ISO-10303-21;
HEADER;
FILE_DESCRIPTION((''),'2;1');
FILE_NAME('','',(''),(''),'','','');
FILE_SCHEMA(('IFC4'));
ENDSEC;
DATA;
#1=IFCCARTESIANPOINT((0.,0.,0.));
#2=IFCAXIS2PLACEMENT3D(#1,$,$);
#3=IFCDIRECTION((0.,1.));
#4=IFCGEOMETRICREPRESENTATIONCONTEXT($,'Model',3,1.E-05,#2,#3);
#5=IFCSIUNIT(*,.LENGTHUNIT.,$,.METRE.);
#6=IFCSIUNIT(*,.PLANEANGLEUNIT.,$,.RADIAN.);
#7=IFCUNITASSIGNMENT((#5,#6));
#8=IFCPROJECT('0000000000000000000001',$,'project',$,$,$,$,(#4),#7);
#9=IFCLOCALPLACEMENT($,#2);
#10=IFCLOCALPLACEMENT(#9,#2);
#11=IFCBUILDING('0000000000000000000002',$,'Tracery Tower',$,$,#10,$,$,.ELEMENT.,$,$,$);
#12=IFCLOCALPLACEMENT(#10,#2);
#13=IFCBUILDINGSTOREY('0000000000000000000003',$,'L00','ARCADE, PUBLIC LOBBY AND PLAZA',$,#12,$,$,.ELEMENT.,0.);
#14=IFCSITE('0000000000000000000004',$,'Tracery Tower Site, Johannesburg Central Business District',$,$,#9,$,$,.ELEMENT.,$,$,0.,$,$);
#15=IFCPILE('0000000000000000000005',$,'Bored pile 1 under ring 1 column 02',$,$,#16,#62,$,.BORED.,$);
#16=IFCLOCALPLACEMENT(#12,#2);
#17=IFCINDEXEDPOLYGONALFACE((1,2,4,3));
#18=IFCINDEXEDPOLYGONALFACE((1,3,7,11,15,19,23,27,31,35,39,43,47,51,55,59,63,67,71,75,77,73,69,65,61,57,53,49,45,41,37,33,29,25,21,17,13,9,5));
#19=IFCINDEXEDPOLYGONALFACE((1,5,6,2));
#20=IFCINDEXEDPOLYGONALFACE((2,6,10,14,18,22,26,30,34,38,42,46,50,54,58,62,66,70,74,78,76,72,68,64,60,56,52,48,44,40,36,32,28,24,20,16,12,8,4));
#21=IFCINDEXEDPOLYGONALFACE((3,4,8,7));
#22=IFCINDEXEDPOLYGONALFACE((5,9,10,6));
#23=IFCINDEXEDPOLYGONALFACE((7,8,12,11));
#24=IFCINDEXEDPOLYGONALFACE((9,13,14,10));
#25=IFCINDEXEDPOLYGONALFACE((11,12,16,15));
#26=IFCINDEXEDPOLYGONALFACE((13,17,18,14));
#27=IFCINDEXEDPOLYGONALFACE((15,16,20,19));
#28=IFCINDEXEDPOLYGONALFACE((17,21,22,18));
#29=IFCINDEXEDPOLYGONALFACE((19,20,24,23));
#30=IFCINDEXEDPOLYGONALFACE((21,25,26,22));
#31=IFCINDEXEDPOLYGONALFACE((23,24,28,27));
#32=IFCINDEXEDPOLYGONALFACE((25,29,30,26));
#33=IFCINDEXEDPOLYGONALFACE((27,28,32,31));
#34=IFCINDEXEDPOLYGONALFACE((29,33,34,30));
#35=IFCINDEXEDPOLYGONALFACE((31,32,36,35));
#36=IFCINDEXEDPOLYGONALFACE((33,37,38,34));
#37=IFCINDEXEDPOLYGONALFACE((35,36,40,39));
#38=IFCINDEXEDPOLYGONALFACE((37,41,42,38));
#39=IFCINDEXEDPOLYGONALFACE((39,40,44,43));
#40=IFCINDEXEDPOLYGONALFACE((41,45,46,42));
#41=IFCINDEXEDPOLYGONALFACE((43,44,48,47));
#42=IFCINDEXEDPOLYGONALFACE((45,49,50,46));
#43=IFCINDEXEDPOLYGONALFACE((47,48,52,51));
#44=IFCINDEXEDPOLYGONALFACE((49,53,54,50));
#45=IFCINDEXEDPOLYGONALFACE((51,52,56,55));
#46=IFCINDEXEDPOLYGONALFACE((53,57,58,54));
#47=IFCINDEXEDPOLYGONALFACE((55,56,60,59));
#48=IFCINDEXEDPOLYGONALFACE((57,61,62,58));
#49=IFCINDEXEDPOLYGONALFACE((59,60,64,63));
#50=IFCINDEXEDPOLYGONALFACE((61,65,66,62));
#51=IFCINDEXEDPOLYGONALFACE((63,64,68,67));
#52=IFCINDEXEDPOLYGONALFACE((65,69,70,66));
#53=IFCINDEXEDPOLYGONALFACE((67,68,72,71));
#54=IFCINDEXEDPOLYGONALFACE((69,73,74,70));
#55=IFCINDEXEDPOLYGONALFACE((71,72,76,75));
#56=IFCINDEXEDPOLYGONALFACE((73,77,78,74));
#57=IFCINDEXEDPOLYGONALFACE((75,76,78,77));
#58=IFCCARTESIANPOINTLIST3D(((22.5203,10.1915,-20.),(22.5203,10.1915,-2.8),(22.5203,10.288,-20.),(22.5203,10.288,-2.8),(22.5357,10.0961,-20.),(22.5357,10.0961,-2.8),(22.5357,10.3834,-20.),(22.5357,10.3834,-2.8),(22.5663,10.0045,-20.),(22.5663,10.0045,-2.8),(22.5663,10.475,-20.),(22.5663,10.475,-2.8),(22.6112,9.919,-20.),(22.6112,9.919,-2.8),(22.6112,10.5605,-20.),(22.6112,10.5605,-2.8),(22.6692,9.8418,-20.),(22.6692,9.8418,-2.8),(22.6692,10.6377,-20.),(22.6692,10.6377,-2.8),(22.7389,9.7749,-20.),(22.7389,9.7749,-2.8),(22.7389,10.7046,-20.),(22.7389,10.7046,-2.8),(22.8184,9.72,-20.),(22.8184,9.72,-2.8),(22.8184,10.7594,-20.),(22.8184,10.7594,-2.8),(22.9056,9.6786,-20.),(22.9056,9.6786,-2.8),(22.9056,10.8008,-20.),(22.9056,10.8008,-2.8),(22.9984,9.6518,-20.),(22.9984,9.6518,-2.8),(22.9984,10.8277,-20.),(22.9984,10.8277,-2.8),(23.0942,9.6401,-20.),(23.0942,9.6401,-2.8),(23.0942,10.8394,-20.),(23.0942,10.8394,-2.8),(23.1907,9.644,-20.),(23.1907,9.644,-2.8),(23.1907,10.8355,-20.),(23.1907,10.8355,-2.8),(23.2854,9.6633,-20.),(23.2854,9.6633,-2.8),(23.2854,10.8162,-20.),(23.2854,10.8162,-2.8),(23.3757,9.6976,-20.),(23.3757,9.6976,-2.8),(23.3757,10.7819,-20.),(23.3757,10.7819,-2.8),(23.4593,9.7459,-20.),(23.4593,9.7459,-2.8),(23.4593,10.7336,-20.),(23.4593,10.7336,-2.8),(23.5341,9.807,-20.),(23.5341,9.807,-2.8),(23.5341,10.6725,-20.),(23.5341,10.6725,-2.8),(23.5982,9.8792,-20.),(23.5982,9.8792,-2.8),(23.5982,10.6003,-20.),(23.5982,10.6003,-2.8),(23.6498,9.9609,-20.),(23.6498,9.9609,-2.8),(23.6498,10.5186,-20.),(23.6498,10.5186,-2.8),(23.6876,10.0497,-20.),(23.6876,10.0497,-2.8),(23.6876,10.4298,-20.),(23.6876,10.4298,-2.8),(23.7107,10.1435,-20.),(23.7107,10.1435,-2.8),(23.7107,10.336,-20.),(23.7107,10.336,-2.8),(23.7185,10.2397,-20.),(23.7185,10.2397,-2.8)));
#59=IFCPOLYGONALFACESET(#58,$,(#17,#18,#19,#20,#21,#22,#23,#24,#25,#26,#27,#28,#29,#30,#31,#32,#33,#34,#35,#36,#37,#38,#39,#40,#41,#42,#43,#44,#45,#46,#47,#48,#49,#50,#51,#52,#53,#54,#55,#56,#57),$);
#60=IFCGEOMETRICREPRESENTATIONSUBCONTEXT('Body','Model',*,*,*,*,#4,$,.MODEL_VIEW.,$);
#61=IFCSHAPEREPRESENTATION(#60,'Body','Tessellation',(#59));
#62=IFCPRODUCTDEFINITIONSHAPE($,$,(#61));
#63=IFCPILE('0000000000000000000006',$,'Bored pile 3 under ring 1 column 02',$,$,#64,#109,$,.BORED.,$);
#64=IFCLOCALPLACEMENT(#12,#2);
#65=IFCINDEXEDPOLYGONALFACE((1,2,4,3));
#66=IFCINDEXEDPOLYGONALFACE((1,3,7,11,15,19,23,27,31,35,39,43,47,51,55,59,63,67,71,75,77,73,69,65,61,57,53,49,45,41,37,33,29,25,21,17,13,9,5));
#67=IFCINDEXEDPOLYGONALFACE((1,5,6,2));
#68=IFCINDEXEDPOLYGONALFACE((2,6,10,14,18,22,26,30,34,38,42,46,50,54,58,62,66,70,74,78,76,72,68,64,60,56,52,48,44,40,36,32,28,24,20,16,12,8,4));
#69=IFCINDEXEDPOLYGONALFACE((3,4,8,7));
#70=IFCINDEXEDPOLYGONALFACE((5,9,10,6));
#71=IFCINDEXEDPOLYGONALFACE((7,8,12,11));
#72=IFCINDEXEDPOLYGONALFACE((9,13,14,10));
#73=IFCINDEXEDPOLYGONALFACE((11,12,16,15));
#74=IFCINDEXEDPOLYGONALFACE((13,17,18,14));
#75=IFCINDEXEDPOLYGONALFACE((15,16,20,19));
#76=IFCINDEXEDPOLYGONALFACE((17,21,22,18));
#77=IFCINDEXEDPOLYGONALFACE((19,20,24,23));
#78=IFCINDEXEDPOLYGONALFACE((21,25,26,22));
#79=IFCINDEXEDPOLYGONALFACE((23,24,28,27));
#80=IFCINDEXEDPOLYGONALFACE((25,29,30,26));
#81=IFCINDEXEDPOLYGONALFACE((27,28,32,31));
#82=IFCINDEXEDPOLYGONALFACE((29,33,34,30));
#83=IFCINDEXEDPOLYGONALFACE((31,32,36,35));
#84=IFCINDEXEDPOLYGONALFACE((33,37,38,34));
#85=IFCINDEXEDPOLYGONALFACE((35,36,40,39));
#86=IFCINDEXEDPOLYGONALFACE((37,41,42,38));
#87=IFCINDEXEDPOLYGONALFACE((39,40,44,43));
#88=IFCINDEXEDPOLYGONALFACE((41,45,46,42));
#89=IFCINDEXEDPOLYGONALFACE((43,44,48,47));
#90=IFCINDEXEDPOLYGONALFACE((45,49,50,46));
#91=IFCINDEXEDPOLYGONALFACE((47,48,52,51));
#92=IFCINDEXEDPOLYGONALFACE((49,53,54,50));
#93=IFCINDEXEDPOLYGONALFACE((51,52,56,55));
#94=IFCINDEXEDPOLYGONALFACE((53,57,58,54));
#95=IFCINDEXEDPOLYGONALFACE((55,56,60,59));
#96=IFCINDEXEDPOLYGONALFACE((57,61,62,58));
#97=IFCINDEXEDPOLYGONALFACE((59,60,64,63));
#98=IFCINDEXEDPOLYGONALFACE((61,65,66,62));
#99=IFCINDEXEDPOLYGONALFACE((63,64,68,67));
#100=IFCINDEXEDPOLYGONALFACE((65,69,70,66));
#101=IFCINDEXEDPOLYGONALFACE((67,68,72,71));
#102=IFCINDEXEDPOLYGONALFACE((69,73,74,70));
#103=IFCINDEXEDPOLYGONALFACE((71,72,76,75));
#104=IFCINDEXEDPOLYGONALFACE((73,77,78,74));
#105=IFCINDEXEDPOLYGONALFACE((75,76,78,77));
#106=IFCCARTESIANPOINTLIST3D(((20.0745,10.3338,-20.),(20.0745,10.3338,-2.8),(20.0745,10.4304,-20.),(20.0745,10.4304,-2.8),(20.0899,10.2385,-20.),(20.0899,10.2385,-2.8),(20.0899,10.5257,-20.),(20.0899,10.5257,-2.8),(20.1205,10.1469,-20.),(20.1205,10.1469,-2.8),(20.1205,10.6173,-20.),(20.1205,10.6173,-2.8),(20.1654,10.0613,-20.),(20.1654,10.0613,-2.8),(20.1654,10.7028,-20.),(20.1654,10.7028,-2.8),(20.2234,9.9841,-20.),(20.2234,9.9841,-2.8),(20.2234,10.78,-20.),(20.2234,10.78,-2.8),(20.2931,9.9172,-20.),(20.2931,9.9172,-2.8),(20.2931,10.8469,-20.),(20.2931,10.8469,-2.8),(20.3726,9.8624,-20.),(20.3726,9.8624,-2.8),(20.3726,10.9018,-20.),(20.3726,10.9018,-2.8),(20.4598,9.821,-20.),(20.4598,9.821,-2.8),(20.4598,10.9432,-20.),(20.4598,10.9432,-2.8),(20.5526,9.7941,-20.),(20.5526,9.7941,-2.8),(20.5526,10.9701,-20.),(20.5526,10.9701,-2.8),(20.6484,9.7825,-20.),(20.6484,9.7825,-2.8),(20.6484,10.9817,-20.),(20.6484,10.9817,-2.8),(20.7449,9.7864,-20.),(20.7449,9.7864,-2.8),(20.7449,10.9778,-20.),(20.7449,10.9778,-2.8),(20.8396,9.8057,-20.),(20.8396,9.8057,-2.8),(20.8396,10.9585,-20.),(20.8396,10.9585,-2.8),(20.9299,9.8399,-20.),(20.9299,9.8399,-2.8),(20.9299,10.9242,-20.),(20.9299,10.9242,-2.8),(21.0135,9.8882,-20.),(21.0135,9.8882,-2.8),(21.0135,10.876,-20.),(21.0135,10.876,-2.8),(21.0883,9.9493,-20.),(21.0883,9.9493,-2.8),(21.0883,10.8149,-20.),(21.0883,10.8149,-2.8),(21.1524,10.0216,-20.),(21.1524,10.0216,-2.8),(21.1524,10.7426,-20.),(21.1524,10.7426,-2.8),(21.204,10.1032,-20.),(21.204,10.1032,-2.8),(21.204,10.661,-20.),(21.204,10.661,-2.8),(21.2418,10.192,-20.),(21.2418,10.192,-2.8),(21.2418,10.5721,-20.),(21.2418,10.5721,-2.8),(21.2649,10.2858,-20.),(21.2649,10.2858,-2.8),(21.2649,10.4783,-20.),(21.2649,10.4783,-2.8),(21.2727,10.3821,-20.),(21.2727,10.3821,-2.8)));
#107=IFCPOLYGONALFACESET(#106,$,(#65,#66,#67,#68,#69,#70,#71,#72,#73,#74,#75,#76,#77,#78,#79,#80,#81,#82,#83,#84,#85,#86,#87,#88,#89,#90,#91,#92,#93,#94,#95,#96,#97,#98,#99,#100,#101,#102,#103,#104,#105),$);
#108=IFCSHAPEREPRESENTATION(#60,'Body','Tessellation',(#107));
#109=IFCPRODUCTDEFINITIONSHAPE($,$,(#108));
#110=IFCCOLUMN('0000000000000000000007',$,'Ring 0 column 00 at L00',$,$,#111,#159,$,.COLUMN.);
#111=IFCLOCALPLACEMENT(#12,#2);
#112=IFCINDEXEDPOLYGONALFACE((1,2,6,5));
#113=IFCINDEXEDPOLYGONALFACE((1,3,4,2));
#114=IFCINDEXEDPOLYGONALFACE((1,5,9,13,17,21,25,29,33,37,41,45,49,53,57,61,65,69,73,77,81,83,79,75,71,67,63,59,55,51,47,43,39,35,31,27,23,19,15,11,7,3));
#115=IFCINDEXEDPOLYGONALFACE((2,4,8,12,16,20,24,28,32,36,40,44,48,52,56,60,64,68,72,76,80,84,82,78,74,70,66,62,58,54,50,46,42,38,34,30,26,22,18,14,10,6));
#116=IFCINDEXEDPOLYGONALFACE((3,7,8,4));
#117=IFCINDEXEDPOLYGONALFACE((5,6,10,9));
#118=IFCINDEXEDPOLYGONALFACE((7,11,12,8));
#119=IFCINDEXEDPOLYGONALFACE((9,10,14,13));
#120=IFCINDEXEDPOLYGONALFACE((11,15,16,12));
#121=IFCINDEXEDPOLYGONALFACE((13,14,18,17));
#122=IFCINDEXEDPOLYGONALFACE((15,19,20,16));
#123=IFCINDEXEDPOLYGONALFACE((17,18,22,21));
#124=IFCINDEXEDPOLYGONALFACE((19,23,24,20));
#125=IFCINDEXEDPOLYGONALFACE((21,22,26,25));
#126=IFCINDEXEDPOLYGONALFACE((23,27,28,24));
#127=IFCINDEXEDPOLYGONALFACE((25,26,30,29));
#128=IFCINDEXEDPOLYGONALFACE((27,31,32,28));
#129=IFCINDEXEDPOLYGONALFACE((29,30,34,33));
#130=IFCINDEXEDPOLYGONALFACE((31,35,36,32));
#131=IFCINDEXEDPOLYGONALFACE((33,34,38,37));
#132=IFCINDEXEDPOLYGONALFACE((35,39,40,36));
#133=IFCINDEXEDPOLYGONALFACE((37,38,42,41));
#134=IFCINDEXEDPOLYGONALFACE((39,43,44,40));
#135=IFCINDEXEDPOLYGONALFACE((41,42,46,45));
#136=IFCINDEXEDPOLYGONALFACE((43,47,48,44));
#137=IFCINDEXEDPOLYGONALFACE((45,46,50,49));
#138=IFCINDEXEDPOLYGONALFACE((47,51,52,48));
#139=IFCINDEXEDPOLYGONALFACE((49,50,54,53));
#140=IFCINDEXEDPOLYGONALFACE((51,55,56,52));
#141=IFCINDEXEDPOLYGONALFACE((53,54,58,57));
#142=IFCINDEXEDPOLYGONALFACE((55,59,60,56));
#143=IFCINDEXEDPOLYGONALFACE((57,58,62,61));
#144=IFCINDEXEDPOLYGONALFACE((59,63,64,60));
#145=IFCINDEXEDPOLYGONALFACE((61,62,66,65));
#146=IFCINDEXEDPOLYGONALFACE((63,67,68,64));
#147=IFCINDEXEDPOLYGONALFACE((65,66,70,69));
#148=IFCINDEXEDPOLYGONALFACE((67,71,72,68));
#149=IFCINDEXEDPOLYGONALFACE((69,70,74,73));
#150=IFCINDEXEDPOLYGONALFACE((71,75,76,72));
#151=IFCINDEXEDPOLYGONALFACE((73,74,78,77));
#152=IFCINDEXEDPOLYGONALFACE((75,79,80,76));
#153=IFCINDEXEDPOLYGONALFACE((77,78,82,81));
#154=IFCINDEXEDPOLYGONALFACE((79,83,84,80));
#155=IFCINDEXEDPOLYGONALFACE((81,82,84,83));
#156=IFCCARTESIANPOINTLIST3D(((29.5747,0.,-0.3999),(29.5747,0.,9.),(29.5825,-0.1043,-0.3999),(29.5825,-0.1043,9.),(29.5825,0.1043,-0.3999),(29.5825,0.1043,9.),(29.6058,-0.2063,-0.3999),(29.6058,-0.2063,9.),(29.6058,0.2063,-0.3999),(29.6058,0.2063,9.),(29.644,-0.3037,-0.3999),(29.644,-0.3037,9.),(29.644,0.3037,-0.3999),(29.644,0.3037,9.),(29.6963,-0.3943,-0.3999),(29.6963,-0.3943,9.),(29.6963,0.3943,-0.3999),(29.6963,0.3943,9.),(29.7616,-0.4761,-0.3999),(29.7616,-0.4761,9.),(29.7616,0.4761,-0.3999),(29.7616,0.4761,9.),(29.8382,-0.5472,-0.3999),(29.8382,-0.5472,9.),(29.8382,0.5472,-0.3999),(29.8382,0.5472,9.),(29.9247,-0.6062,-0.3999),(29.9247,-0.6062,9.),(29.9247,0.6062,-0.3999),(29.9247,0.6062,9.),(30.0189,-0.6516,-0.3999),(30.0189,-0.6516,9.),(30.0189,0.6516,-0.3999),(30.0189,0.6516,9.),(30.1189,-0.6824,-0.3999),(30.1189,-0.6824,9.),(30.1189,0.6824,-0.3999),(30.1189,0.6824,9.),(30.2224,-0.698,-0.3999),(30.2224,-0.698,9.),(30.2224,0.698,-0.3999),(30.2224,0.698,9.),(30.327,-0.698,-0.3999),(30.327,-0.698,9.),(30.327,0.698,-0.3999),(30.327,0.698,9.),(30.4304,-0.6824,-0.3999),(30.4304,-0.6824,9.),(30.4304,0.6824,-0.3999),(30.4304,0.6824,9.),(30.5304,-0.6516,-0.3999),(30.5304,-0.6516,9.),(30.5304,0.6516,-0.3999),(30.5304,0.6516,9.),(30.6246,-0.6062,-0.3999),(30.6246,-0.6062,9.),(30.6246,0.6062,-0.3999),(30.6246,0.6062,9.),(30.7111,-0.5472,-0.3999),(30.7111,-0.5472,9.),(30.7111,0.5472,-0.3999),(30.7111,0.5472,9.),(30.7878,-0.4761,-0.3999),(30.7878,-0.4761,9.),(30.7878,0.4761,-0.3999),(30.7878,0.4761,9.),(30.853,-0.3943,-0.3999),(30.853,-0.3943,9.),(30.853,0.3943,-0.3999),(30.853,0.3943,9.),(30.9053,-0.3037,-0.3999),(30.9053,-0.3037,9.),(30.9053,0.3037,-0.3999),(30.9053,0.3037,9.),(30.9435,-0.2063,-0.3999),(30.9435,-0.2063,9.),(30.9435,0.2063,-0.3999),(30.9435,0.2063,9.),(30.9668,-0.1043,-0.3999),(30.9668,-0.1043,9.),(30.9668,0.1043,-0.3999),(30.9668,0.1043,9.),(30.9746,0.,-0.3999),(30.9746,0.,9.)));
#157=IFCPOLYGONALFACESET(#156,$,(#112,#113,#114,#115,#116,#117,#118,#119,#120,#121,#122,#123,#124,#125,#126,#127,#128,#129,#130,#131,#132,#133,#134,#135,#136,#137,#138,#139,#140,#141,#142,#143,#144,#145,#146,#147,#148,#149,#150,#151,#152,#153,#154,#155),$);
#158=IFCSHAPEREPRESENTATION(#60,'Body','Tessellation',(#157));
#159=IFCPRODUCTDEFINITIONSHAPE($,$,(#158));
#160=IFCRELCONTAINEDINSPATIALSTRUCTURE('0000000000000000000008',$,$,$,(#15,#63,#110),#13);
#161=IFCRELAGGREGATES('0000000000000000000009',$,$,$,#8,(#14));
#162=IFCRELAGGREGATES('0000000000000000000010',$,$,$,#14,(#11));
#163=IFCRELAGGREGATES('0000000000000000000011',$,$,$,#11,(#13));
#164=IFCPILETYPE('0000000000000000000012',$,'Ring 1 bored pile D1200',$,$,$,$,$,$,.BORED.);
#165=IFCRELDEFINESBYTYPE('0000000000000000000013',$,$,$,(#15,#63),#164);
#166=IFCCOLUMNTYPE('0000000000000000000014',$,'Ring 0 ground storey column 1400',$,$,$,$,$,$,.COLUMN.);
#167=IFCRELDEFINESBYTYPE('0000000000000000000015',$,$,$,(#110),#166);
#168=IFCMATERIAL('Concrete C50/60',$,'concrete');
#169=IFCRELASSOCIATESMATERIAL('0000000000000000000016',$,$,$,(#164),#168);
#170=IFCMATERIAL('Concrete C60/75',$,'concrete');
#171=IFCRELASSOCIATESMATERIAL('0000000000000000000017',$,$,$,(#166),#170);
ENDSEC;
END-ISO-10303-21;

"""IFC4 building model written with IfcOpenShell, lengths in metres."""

from ifc_helpers import new_model, si_unit, direction, frame, origin, origin_2d, place, context, subcontext, project, spatial, circle, extrude, material, material_profile, profile_set, type_object, element, save


model = new_model("IFC4")

# Units and contexts
model_context = context("Model", 3, precision=1e-05, world=origin(), true_north=direction((0.0, 1.0)))
body_context = subcontext(model_context, "Body", "Model", "MODEL_VIEW")
ifc_project = project(units=[si_unit("LENGTHUNIT", "METRE"), si_unit("PLANEANGLEUNIT", "RADIAN")], contexts=[model_context])

# Site, building, storey
site_placement = place(None, origin())
site = spatial("IfcSite", under=ifc_project, at=site_placement, Name="Tracery Tower Site, Johannesburg Central Business District", CompositionType="ELEMENT", RefElevation=0.0)
building_placement = place(site_placement, origin())
building = spatial("IfcBuilding", under=site, at=building_placement, Name="Tracery Tower", CompositionType="ELEMENT")
storey_placement = place(building_placement, origin())
storey = spatial("IfcBuildingStorey", under=building, at=storey_placement, Name="L00", Description="ARCADE, PUBLIC LOBBY AND PLAZA", CompositionType="ELEMENT", Elevation=0.0)

# Piles
ifc_material_1 = material(Name="Concrete C50/60", Category="concrete")
ifc_material_profile_1 = material_profile(ifc_material_1, circle(Radius=0.6001, at=origin_2d()), Name="RC D1200")
ifc_profile_set_1 = profile_set([ifc_material_profile_1], Name="Concrete C50/60")
pile_type_1 = type_object("IfcPileType", Name="Ring 1 bored pile D1200", PredefinedType="BORED", material=ifc_profile_set_1)
for number, where, z_axis, x_axis, name in (
    (1, (23.1184, 10.2397, -2.8), (0.0, 0.0, -1.0), (1.0, 0.0, 0.0), "Bored pile 1 under ring 1 column 02"),
    (2, (20.6726, 10.3821, -2.8), (0.0, 0.0, -1.0), (1.0, 0.0, 0.0), "Bored pile 3 under ring 1 column 02"),
):
    element("IfcPile", number, at=place(storey_placement, frame(where, z_axis=z_axis, x_axis=x_axis)), inside=storey, type_object=pile_type_1, Name=name, PredefinedType="BORED", context=body_context, shape_type="SweptSolid", body=[
        extrude(circle(Radius=0.6001, at=origin_2d()), origin(), (0.0, 0.0, 1.0), 17.2),
    ])

# Column
ifc_material_2 = material(Name="Concrete C60/75", Category="concrete")
ifc_material_profile_2 = material_profile(ifc_material_2, circle(Radius=0.7, at=origin_2d()), Name="RC D1400")
ifc_profile_set_2 = profile_set([ifc_material_profile_2], Name="Concrete C60/75")
column_type_1 = type_object("IfcColumnType", Name="Ring 0 ground storey column 1400", PredefinedType="COLUMN", material=ifc_profile_set_2)
for number, where, z_axis, x_axis, name in (
    (3, (30.2747, 0.0, -0.3999), (0.0, 0.0, 1.0), (1.0, 0.0, 0.0), "Ring 0 column 00 at L00"),
):
    element("IfcColumn", number, at=place(storey_placement, frame(where, z_axis=z_axis, x_axis=x_axis)), inside=storey, type_object=column_type_1, Name=name, PredefinedType="COLUMN", context=body_context, shape_type="SweptSolid", body=[
        extrude(circle(Radius=0.7, at=origin_2d()), origin(), (0.0, 0.0, 1.0), 9.3999),
    ])

save(model, "model.ifc")
